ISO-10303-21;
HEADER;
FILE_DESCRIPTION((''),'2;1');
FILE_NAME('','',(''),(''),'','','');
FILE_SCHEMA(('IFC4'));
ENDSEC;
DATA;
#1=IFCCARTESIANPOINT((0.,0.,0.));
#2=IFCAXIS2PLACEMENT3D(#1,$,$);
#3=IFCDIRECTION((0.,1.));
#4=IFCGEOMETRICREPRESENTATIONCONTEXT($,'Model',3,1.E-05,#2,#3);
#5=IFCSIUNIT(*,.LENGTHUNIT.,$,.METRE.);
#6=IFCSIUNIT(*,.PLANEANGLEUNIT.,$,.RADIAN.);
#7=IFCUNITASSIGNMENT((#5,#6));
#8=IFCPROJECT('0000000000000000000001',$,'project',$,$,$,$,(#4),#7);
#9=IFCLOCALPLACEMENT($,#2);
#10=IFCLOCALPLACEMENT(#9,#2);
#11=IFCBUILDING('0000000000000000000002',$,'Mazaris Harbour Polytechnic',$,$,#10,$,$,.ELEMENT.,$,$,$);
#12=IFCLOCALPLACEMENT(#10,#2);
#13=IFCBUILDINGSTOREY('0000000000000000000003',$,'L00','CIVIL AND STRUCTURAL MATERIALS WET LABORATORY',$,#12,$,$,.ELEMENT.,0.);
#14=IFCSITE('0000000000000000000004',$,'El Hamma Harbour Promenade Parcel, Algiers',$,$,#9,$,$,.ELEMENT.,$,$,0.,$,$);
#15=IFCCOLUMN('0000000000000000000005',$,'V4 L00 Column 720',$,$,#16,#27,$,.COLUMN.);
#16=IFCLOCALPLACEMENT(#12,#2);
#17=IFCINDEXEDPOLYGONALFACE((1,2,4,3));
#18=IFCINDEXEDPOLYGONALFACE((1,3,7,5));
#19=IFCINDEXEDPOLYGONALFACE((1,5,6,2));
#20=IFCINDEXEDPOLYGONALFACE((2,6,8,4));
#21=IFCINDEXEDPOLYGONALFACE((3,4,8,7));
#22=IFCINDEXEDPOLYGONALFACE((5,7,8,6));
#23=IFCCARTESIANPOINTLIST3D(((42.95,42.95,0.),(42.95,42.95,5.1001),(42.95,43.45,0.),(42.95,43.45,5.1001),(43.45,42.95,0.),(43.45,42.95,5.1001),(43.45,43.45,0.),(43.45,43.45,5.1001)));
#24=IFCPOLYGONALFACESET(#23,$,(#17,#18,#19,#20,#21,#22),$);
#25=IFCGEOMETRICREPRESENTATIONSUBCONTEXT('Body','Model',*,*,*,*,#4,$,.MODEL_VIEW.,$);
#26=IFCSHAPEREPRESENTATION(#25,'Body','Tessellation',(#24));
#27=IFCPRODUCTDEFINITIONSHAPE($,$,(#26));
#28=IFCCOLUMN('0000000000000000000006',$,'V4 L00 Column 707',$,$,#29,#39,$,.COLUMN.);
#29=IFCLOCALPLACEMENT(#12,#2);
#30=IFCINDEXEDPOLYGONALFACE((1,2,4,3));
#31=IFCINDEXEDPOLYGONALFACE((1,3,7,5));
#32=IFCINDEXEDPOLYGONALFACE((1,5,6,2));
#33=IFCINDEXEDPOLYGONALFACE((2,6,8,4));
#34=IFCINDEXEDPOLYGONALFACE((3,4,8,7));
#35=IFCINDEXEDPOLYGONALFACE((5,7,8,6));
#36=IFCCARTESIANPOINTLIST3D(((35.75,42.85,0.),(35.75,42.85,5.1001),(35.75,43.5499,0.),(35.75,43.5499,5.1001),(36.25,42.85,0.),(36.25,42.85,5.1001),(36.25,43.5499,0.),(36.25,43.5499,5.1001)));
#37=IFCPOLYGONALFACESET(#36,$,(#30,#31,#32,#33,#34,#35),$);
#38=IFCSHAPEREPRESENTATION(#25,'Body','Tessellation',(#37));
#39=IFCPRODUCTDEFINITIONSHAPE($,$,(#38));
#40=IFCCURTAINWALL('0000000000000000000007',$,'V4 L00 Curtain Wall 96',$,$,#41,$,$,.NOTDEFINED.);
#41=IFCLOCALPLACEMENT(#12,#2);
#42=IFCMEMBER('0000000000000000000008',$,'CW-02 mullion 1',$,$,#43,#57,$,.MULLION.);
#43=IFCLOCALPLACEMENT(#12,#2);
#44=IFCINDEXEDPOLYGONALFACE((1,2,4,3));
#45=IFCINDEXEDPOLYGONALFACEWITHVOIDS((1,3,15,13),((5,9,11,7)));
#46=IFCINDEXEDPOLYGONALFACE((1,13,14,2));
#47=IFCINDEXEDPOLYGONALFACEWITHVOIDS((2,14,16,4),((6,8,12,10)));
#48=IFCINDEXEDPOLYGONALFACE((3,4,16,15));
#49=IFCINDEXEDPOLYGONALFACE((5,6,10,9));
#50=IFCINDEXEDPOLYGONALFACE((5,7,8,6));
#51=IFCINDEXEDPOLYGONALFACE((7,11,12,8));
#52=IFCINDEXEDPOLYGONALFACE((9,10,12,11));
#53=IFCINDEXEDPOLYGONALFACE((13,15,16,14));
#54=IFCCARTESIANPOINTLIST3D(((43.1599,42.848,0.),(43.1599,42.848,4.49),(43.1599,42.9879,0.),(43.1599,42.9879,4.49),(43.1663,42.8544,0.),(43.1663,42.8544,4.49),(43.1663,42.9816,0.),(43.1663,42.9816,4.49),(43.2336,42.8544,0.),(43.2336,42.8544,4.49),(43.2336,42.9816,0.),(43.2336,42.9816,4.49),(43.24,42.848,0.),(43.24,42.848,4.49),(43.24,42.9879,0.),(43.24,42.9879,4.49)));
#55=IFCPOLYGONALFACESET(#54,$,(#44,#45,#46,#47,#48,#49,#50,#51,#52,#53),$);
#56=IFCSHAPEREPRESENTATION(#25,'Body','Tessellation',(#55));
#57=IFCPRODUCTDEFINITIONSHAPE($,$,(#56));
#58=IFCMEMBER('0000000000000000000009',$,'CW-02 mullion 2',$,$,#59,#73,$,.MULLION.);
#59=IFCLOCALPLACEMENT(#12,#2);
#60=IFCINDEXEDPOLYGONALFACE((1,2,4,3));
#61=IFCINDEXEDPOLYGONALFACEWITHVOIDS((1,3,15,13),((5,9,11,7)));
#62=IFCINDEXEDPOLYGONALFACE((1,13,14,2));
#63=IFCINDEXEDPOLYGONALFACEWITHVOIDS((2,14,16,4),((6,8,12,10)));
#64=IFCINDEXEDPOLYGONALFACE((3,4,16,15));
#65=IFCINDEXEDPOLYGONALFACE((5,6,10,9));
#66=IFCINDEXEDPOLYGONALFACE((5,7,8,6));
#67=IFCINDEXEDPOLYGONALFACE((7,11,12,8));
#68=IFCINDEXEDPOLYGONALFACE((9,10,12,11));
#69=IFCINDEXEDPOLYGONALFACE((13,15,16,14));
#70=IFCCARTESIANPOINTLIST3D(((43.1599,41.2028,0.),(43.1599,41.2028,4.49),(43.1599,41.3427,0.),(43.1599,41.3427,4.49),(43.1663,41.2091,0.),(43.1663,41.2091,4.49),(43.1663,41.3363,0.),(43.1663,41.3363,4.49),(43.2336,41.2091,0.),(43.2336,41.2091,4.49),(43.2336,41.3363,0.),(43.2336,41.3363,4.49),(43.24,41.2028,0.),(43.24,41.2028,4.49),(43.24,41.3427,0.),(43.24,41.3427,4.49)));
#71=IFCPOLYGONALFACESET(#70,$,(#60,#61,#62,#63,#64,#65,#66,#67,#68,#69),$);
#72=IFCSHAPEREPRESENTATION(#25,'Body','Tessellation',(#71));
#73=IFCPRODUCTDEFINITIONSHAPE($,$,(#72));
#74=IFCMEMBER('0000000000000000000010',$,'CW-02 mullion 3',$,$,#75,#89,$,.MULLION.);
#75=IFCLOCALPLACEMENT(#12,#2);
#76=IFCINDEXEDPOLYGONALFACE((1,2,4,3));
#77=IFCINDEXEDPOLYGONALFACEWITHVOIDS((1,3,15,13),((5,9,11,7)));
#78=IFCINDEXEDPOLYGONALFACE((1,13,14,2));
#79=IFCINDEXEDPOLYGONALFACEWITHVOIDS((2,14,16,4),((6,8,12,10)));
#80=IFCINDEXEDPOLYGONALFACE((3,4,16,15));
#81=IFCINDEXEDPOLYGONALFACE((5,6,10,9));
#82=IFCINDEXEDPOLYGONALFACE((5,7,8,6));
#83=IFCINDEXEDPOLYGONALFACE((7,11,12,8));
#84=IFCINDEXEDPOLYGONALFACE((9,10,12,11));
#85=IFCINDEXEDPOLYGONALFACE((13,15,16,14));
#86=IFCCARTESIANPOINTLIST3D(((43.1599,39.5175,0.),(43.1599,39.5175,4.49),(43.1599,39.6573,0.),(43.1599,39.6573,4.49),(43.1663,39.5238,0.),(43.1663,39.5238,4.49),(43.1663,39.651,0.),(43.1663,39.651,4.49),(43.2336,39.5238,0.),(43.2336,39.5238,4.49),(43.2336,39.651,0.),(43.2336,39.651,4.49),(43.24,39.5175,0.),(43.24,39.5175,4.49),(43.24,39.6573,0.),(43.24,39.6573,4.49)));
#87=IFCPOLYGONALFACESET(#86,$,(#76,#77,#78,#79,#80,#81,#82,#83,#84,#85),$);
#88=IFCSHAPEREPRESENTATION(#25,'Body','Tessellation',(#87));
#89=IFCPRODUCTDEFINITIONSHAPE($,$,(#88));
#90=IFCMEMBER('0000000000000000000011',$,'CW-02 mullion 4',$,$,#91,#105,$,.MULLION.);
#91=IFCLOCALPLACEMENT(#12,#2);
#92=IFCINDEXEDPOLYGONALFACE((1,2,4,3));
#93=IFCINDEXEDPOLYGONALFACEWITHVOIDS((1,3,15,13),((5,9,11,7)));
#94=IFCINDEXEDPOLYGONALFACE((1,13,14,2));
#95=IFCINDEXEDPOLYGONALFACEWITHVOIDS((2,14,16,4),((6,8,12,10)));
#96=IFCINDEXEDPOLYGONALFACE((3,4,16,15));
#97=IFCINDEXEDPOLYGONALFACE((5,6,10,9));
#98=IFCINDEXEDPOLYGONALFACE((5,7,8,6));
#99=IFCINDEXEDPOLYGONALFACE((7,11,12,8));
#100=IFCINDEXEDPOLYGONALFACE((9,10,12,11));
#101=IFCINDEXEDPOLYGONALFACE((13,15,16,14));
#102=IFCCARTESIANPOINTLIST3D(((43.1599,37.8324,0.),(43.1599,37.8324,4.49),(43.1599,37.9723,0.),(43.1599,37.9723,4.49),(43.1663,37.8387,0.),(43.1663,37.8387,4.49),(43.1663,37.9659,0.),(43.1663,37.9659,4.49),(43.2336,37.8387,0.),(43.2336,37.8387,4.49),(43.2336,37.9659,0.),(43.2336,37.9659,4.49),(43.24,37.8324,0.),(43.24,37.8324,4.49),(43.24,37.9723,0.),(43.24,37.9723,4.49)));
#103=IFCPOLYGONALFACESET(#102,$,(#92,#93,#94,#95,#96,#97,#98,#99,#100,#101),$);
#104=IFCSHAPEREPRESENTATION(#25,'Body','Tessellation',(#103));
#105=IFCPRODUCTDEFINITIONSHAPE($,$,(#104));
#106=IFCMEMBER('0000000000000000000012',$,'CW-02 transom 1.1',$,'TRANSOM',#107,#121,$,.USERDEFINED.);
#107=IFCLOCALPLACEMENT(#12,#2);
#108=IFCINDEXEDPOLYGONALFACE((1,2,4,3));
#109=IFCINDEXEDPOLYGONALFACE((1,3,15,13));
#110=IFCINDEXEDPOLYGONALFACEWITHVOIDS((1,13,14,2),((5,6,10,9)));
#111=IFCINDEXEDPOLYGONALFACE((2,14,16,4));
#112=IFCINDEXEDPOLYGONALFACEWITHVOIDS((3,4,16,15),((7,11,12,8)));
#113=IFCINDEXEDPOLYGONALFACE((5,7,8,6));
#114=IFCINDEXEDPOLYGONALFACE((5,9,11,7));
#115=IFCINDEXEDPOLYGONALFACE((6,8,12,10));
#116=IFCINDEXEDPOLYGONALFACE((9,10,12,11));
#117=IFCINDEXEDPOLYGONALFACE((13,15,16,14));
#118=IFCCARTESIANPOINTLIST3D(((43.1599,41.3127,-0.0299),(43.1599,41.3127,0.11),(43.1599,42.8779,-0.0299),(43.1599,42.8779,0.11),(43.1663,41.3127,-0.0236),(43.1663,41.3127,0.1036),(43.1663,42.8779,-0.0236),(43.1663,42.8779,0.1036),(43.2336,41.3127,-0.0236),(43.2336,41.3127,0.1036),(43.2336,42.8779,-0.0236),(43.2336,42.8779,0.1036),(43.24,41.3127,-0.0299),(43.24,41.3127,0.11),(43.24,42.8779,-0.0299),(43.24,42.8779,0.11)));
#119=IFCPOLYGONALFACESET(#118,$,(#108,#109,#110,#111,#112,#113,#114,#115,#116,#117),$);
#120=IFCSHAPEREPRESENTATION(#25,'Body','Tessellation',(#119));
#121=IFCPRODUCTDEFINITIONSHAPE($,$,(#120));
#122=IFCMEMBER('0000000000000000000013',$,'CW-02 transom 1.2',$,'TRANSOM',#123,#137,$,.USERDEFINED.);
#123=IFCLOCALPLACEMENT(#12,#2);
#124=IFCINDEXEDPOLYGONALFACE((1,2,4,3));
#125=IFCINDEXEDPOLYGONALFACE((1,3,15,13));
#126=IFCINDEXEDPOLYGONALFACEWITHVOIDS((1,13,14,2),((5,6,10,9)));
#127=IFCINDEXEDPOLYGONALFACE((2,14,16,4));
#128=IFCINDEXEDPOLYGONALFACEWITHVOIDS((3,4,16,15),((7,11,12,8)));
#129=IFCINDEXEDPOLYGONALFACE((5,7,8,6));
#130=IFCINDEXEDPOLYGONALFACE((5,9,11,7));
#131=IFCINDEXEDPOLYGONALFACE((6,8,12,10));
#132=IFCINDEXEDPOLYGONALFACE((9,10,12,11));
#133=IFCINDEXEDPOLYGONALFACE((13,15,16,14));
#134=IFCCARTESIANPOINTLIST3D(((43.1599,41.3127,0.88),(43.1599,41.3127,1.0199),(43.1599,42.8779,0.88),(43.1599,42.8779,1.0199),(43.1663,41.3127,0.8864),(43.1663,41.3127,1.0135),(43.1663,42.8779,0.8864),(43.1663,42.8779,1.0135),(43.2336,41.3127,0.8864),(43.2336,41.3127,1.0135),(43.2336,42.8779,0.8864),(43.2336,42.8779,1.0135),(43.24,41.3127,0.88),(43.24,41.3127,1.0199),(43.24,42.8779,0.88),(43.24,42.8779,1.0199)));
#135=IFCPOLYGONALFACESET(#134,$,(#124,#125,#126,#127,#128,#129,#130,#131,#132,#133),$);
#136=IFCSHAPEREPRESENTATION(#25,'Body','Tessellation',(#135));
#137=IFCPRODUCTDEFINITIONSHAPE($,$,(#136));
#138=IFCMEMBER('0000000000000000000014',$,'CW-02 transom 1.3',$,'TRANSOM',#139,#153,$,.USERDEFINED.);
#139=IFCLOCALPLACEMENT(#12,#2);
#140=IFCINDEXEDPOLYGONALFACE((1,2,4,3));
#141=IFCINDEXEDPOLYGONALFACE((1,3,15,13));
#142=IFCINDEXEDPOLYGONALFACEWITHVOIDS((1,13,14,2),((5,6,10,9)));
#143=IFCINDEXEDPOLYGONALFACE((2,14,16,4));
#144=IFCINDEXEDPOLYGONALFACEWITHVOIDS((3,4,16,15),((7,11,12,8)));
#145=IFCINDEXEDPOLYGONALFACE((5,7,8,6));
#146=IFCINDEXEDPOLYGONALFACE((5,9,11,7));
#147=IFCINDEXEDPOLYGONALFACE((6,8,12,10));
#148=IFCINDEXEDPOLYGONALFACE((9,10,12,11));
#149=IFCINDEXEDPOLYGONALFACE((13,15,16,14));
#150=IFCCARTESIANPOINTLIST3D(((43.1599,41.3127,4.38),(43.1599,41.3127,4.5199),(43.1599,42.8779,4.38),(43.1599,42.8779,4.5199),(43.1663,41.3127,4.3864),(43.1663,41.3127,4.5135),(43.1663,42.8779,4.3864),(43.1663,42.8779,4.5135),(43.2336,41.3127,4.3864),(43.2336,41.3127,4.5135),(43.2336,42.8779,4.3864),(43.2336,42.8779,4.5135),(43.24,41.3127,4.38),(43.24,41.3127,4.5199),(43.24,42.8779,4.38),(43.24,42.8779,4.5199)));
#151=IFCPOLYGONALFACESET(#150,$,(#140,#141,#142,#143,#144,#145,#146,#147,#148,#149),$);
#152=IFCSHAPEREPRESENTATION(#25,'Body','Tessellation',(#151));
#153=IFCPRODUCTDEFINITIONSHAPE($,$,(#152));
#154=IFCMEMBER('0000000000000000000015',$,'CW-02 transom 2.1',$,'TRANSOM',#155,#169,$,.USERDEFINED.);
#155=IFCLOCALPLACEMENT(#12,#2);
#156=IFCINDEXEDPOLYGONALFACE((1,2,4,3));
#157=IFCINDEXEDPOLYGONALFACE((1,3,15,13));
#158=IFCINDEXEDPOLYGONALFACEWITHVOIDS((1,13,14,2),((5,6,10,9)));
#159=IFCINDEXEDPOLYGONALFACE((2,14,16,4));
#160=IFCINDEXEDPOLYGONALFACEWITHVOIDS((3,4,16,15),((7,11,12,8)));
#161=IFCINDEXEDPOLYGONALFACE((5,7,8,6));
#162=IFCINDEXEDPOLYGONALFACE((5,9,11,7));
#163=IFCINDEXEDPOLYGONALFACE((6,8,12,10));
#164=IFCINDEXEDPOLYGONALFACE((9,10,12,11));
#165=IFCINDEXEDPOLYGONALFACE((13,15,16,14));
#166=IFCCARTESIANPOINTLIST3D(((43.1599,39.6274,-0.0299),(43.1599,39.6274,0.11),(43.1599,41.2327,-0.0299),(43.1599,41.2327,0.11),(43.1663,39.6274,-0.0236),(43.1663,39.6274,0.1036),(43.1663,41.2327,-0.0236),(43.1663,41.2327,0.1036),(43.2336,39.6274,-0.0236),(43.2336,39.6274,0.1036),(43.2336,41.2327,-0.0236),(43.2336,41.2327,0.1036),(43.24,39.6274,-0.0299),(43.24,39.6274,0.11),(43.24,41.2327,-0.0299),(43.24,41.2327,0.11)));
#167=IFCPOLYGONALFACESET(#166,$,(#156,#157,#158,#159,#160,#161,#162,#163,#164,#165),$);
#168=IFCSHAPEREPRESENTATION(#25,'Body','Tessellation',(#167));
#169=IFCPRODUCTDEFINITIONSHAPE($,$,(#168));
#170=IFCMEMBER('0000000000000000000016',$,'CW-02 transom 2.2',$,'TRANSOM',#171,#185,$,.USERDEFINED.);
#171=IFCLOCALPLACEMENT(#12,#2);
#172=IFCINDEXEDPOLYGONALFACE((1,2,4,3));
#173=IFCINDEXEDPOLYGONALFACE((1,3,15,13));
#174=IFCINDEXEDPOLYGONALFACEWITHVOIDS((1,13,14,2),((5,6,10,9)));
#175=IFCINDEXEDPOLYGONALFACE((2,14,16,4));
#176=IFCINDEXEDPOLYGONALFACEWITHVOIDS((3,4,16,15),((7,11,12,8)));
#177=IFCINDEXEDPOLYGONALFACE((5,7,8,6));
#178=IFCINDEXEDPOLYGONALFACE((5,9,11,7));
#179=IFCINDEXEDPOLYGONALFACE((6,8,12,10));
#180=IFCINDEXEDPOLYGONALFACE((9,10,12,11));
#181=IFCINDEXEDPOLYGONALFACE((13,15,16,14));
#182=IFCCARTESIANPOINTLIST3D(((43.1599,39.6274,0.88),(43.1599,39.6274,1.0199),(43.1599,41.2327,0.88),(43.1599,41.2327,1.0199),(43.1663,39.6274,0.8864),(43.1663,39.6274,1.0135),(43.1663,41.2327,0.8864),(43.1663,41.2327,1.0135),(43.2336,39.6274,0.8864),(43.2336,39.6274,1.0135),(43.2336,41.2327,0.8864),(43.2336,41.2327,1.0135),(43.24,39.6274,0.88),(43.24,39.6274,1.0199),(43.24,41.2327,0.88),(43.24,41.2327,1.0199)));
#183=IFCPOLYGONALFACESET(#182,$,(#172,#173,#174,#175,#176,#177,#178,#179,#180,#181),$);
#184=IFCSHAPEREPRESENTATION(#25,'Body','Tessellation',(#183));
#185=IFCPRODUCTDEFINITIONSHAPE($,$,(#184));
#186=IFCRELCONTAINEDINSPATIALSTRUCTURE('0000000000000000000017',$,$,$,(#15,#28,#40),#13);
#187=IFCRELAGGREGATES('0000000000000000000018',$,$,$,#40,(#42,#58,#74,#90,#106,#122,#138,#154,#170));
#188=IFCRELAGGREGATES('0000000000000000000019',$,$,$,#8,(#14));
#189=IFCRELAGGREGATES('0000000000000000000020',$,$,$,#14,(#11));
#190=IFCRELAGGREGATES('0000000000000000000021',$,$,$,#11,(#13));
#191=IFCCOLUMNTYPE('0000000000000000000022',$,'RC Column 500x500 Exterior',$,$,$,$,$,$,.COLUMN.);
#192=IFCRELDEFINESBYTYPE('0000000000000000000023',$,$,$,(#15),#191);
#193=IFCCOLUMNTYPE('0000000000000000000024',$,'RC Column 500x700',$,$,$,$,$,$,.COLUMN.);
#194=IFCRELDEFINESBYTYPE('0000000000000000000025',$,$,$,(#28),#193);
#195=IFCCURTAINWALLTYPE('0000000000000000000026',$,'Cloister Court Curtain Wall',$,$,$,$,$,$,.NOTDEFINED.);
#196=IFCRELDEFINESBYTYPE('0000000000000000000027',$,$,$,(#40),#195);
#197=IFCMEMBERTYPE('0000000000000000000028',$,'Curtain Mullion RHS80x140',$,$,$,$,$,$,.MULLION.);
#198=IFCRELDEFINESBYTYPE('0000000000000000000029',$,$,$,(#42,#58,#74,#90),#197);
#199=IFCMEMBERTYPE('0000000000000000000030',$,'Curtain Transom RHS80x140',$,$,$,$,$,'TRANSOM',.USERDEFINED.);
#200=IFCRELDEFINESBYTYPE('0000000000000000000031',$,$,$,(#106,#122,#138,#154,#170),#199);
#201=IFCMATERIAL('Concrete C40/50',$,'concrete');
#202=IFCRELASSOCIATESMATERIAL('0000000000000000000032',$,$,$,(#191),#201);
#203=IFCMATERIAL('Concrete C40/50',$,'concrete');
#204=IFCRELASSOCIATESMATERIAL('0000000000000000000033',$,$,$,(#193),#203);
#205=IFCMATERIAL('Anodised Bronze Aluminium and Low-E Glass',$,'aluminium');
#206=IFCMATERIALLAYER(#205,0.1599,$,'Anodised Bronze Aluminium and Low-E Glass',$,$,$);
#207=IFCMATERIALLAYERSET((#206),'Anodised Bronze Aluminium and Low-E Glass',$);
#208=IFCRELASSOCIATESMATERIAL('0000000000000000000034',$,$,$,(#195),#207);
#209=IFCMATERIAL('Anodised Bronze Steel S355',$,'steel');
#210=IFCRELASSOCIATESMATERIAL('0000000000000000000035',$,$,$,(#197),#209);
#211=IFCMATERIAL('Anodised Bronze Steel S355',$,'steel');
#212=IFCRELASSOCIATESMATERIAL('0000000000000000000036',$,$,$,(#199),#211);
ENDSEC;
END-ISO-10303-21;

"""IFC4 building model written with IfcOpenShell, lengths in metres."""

from ifc_helpers import new_model, si_unit, direction, frame, origin, origin_2d, place, context, subcontext, project, spatial, rectangle, hollow_rectangle, extrude, material, layer, layer_set, material_profile, profile_set, type_object, element, aggregate, save


model = new_model("IFC4")

# Units and contexts
model_context = context("Model", 3, precision=1e-05, world=origin(), true_north=direction((0.0, 1.0)))
body_context = subcontext(model_context, "Body", "Model", "MODEL_VIEW")
ifc_project = project(units=[si_unit("LENGTHUNIT", "METRE"), si_unit("PLANEANGLEUNIT", "RADIAN")], contexts=[model_context])

# Site, building, storey
site_placement = place(None, origin())
site = spatial("IfcSite", under=ifc_project, at=site_placement, Name="El Hamma Harbour Promenade Parcel, Algiers", CompositionType="ELEMENT", RefElevation=0.0)
building_placement = place(site_placement, origin())
building = spatial("IfcBuilding", under=site, at=building_placement, Name="Mazaris Harbour Polytechnic", CompositionType="ELEMENT")
storey_placement = place(building_placement, origin())
storey = spatial("IfcBuildingStorey", under=building, at=storey_placement, Name="L00", Description="CIVIL AND STRUCTURAL MATERIALS WET LABORATORY", CompositionType="ELEMENT", Elevation=0.0)

# Columns
ifc_material_1 = material(Name="Concrete C40/50", Category="concrete")
ifc_material_profile_1 = material_profile(ifc_material_1, rectangle(XDim=0.5, YDim=0.5, at=origin_2d()), Name="RECT500x500")
ifc_profile_set_1 = profile_set([ifc_material_profile_1], Name="Concrete C40/50")
column_type_1 = type_object("IfcColumnType", Name="RC Column 500x500 Exterior", PredefinedType="COLUMN", material=ifc_profile_set_1)
column_1_placement = place(storey_placement, frame((43.2, 43.2, 0.0), z_axis=(0.0, 0.0, 1.0), x_axis=(1.0, 0.0, 0.0)))
element("IfcColumn", 1, at=column_1_placement, inside=storey, type_object=column_type_1, Name="V4 L00 Column 720", PredefinedType="COLUMN", context=body_context, shape_type="SweptSolid", body=[
    extrude(rectangle(XDim=0.5, YDim=0.5, at=origin_2d()), origin(), (0.0, 0.0, 1.0), 5.1001),
])
ifc_material_2 = material(Name="Concrete C40/50", Category="concrete")
ifc_material_profile_2 = material_profile(ifc_material_2, rectangle(XDim=0.5, YDim=0.7, at=origin_2d()), Name="RECT500x700")
ifc_profile_set_2 = profile_set([ifc_material_profile_2], Name="Concrete C40/50")
column_type_2 = type_object("IfcColumnType", Name="RC Column 500x700", PredefinedType="COLUMN", material=ifc_profile_set_2)
column_2_placement = place(storey_placement, frame((36.0, 43.2, 0.0), z_axis=(0.0, 0.0, 1.0), x_axis=(1.0, 0.0, 0.0)))
element("IfcColumn", 2, at=column_2_placement, inside=storey, type_object=column_type_2, Name="V4 L00 Column 707", PredefinedType="COLUMN", context=body_context, shape_type="SweptSolid", body=[
    extrude(rectangle(XDim=0.5, YDim=0.7, at=origin_2d()), origin(), (0.0, 0.0, 1.0), 5.1001),
])

# Curtain wall, members
ifc_material_3 = material(Name="Anodised Bronze Aluminium and Low-E Glass", Category="aluminium")
ifc_layer_1 = layer(ifc_material_3, 0.1599, Name="Anodised Bronze Aluminium and Low-E Glass")
ifc_layer_set_1 = layer_set([ifc_layer_1], Name="Anodised Bronze Aluminium and Low-E Glass")
curtain_wall_type = type_object("IfcCurtainWallType", Name="Cloister Court Curtain Wall", PredefinedType="NOTDEFINED", material=ifc_layer_set_1)
curtain_wall_placement = place(storey_placement, origin())
curtain_wall = element("IfcCurtainWall", 3, at=curtain_wall_placement, inside=storey, type_object=curtain_wall_type, Name="V4 L00 Curtain Wall 96", PredefinedType="NOTDEFINED")
ifc_material_4 = material(Name="Anodised Bronze Steel S355", Category="steel")
ifc_material_profile_3 = material_profile(ifc_material_4, hollow_rectangle(XDim=0.0801, YDim=0.1399, WallThickness=0.0063, at=origin_2d()), Name="RHS 80x140x6.3")
ifc_profile_set_3 = profile_set([ifc_material_profile_3], Name="Anodised Bronze Steel S355")
member_type_1 = type_object("IfcMemberType", Name="Curtain Mullion RHS80x140", PredefinedType="MULLION", material=ifc_profile_set_3)
member_1_placement = place(storey_placement, frame((43.2, 42.918, 0.0), z_axis=(0.0, 0.0, 1.0), x_axis=(1.0, 0.0, 0.0)))
member_1 = element("IfcMember", 4, at=member_1_placement, type_object=member_type_1, Name="CW-02 mullion 1", PredefinedType="MULLION", context=body_context, shape_type="SweptSolid", body=[
    extrude(hollow_rectangle(XDim=0.0801, YDim=0.1399, WallThickness=0.0063, at=origin_2d()), origin(), (0.0, 0.0, 1.0), 4.49),
])
member_2_placement = place(storey_placement, frame((43.2, 41.2727, 0.0), z_axis=(0.0, 0.0, 1.0), x_axis=(1.0, 0.0, 0.0)))
member_2 = element("IfcMember", 5, at=member_2_placement, type_object=member_type_1, Name="CW-02 mullion 2", PredefinedType="MULLION", context=body_context, shape_type="SweptSolid", body=[
    extrude(hollow_rectangle(XDim=0.0801, YDim=0.1399, WallThickness=0.0063, at=origin_2d()), origin(), (0.0, 0.0, 1.0), 4.49),
])
member_3_placement = place(storey_placement, frame((43.2, 39.5874, 0.0), z_axis=(0.0, 0.0, 1.0), x_axis=(1.0, 0.0, 0.0)))
member_3 = element("IfcMember", 6, at=member_3_placement, type_object=member_type_1, Name="CW-02 mullion 3", PredefinedType="MULLION", context=body_context, shape_type="SweptSolid", body=[
    extrude(hollow_rectangle(XDim=0.0801, YDim=0.1399, WallThickness=0.0063, at=origin_2d()), origin(), (0.0, 0.0, 1.0), 4.49),
])
member_4_placement = place(storey_placement, frame((43.2, 37.9023, 0.0), z_axis=(0.0, 0.0, 1.0), x_axis=(1.0, 0.0, 0.0)))
member_4 = element("IfcMember", 7, at=member_4_placement, type_object=member_type_1, Name="CW-02 mullion 4", PredefinedType="MULLION", context=body_context, shape_type="SweptSolid", body=[
    extrude(hollow_rectangle(XDim=0.0801, YDim=0.1399, WallThickness=0.0063, at=origin_2d()), origin(), (0.0, 0.0, 1.0), 4.49),
])
ifc_material_5 = material(Name="Anodised Bronze Steel S355", Category="steel")
ifc_material_profile_4 = material_profile(ifc_material_5, hollow_rectangle(XDim=0.0801, YDim=0.1399, WallThickness=0.0063, at=origin_2d()), Name="RHS 80x140x6.3")
ifc_profile_set_4 = profile_set([ifc_material_profile_4], Name="Anodised Bronze Steel S355")
member_type_2 = type_object("IfcMemberType", Name="Curtain Transom RHS80x140", ElementType="TRANSOM", PredefinedType="USERDEFINED", material=ifc_profile_set_4)
member_5_placement = place(storey_placement, frame((43.2, 42.8779, 0.04), z_axis=(0.0, -1.0, 0.0), x_axis=(1.0, 0.0, 0.0)))
member_5 = element("IfcMember", 8, at=member_5_placement, type_object=member_type_2, Name="CW-02 transom 1.1", ObjectType="TRANSOM", PredefinedType="USERDEFINED", context=body_context, shape_type="SweptSolid", body=[
    extrude(hollow_rectangle(XDim=0.0801, YDim=0.1399, WallThickness=0.0063, at=origin_2d()), origin(), (0.0, 0.0, 1.0), 1.5652),
])
member_6_placement = place(storey_placement, frame((43.2, 42.8779, 0.95), z_axis=(0.0, -1.0, 0.0), x_axis=(1.0, 0.0, 0.0)))
member_6 = element("IfcMember", 9, at=member_6_placement, type_object=member_type_2, Name="CW-02 transom 1.2", ObjectType="TRANSOM", PredefinedType="USERDEFINED", context=body_context, shape_type="SweptSolid", body=[
    extrude(hollow_rectangle(XDim=0.0801, YDim=0.1399, WallThickness=0.0063, at=origin_2d()), origin(), (0.0, 0.0, 1.0), 1.5652),
])
member_7_placement = place(storey_placement, frame((43.2, 42.8779, 4.45), z_axis=(0.0, -1.0, 0.0), x_axis=(1.0, 0.0, 0.0)))
member_7 = element("IfcMember", 10, at=member_7_placement, type_object=member_type_2, Name="CW-02 transom 1.3", ObjectType="TRANSOM", PredefinedType="USERDEFINED", context=body_context, shape_type="SweptSolid", body=[
    extrude(hollow_rectangle(XDim=0.0801, YDim=0.1399, WallThickness=0.0063, at=origin_2d()), origin(), (0.0, 0.0, 1.0), 1.5652),
])
member_8_placement = place(storey_placement, frame((43.2, 41.2327, 0.04), z_axis=(0.0, -1.0, 0.0), x_axis=(1.0, 0.0, 0.0)))
member_8 = element("IfcMember", 11, at=member_8_placement, type_object=member_type_2, Name="CW-02 transom 2.1", ObjectType="TRANSOM", PredefinedType="USERDEFINED", context=body_context, shape_type="SweptSolid", body=[
    extrude(hollow_rectangle(XDim=0.0801, YDim=0.1399, WallThickness=0.0063, at=origin_2d()), origin(), (0.0, 0.0, 1.0), 1.6052),
])
member_9_placement = place(storey_placement, frame((43.2, 41.2327, 0.95), z_axis=(0.0, -1.0, 0.0), x_axis=(1.0, 0.0, 0.0)))
member_9 = element("IfcMember", 12, at=member_9_placement, type_object=member_type_2, Name="CW-02 transom 2.2", ObjectType="TRANSOM", PredefinedType="USERDEFINED", context=body_context, shape_type="SweptSolid", body=[
    extrude(hollow_rectangle(XDim=0.0801, YDim=0.1399, WallThickness=0.0063, at=origin_2d()), origin(), (0.0, 0.0, 1.0), 1.6052),
])

aggregate(curtain_wall, [member_1, member_2, member_3, member_4, member_5, member_6, member_7, member_8, member_9])

save(model, "model.ifc")
